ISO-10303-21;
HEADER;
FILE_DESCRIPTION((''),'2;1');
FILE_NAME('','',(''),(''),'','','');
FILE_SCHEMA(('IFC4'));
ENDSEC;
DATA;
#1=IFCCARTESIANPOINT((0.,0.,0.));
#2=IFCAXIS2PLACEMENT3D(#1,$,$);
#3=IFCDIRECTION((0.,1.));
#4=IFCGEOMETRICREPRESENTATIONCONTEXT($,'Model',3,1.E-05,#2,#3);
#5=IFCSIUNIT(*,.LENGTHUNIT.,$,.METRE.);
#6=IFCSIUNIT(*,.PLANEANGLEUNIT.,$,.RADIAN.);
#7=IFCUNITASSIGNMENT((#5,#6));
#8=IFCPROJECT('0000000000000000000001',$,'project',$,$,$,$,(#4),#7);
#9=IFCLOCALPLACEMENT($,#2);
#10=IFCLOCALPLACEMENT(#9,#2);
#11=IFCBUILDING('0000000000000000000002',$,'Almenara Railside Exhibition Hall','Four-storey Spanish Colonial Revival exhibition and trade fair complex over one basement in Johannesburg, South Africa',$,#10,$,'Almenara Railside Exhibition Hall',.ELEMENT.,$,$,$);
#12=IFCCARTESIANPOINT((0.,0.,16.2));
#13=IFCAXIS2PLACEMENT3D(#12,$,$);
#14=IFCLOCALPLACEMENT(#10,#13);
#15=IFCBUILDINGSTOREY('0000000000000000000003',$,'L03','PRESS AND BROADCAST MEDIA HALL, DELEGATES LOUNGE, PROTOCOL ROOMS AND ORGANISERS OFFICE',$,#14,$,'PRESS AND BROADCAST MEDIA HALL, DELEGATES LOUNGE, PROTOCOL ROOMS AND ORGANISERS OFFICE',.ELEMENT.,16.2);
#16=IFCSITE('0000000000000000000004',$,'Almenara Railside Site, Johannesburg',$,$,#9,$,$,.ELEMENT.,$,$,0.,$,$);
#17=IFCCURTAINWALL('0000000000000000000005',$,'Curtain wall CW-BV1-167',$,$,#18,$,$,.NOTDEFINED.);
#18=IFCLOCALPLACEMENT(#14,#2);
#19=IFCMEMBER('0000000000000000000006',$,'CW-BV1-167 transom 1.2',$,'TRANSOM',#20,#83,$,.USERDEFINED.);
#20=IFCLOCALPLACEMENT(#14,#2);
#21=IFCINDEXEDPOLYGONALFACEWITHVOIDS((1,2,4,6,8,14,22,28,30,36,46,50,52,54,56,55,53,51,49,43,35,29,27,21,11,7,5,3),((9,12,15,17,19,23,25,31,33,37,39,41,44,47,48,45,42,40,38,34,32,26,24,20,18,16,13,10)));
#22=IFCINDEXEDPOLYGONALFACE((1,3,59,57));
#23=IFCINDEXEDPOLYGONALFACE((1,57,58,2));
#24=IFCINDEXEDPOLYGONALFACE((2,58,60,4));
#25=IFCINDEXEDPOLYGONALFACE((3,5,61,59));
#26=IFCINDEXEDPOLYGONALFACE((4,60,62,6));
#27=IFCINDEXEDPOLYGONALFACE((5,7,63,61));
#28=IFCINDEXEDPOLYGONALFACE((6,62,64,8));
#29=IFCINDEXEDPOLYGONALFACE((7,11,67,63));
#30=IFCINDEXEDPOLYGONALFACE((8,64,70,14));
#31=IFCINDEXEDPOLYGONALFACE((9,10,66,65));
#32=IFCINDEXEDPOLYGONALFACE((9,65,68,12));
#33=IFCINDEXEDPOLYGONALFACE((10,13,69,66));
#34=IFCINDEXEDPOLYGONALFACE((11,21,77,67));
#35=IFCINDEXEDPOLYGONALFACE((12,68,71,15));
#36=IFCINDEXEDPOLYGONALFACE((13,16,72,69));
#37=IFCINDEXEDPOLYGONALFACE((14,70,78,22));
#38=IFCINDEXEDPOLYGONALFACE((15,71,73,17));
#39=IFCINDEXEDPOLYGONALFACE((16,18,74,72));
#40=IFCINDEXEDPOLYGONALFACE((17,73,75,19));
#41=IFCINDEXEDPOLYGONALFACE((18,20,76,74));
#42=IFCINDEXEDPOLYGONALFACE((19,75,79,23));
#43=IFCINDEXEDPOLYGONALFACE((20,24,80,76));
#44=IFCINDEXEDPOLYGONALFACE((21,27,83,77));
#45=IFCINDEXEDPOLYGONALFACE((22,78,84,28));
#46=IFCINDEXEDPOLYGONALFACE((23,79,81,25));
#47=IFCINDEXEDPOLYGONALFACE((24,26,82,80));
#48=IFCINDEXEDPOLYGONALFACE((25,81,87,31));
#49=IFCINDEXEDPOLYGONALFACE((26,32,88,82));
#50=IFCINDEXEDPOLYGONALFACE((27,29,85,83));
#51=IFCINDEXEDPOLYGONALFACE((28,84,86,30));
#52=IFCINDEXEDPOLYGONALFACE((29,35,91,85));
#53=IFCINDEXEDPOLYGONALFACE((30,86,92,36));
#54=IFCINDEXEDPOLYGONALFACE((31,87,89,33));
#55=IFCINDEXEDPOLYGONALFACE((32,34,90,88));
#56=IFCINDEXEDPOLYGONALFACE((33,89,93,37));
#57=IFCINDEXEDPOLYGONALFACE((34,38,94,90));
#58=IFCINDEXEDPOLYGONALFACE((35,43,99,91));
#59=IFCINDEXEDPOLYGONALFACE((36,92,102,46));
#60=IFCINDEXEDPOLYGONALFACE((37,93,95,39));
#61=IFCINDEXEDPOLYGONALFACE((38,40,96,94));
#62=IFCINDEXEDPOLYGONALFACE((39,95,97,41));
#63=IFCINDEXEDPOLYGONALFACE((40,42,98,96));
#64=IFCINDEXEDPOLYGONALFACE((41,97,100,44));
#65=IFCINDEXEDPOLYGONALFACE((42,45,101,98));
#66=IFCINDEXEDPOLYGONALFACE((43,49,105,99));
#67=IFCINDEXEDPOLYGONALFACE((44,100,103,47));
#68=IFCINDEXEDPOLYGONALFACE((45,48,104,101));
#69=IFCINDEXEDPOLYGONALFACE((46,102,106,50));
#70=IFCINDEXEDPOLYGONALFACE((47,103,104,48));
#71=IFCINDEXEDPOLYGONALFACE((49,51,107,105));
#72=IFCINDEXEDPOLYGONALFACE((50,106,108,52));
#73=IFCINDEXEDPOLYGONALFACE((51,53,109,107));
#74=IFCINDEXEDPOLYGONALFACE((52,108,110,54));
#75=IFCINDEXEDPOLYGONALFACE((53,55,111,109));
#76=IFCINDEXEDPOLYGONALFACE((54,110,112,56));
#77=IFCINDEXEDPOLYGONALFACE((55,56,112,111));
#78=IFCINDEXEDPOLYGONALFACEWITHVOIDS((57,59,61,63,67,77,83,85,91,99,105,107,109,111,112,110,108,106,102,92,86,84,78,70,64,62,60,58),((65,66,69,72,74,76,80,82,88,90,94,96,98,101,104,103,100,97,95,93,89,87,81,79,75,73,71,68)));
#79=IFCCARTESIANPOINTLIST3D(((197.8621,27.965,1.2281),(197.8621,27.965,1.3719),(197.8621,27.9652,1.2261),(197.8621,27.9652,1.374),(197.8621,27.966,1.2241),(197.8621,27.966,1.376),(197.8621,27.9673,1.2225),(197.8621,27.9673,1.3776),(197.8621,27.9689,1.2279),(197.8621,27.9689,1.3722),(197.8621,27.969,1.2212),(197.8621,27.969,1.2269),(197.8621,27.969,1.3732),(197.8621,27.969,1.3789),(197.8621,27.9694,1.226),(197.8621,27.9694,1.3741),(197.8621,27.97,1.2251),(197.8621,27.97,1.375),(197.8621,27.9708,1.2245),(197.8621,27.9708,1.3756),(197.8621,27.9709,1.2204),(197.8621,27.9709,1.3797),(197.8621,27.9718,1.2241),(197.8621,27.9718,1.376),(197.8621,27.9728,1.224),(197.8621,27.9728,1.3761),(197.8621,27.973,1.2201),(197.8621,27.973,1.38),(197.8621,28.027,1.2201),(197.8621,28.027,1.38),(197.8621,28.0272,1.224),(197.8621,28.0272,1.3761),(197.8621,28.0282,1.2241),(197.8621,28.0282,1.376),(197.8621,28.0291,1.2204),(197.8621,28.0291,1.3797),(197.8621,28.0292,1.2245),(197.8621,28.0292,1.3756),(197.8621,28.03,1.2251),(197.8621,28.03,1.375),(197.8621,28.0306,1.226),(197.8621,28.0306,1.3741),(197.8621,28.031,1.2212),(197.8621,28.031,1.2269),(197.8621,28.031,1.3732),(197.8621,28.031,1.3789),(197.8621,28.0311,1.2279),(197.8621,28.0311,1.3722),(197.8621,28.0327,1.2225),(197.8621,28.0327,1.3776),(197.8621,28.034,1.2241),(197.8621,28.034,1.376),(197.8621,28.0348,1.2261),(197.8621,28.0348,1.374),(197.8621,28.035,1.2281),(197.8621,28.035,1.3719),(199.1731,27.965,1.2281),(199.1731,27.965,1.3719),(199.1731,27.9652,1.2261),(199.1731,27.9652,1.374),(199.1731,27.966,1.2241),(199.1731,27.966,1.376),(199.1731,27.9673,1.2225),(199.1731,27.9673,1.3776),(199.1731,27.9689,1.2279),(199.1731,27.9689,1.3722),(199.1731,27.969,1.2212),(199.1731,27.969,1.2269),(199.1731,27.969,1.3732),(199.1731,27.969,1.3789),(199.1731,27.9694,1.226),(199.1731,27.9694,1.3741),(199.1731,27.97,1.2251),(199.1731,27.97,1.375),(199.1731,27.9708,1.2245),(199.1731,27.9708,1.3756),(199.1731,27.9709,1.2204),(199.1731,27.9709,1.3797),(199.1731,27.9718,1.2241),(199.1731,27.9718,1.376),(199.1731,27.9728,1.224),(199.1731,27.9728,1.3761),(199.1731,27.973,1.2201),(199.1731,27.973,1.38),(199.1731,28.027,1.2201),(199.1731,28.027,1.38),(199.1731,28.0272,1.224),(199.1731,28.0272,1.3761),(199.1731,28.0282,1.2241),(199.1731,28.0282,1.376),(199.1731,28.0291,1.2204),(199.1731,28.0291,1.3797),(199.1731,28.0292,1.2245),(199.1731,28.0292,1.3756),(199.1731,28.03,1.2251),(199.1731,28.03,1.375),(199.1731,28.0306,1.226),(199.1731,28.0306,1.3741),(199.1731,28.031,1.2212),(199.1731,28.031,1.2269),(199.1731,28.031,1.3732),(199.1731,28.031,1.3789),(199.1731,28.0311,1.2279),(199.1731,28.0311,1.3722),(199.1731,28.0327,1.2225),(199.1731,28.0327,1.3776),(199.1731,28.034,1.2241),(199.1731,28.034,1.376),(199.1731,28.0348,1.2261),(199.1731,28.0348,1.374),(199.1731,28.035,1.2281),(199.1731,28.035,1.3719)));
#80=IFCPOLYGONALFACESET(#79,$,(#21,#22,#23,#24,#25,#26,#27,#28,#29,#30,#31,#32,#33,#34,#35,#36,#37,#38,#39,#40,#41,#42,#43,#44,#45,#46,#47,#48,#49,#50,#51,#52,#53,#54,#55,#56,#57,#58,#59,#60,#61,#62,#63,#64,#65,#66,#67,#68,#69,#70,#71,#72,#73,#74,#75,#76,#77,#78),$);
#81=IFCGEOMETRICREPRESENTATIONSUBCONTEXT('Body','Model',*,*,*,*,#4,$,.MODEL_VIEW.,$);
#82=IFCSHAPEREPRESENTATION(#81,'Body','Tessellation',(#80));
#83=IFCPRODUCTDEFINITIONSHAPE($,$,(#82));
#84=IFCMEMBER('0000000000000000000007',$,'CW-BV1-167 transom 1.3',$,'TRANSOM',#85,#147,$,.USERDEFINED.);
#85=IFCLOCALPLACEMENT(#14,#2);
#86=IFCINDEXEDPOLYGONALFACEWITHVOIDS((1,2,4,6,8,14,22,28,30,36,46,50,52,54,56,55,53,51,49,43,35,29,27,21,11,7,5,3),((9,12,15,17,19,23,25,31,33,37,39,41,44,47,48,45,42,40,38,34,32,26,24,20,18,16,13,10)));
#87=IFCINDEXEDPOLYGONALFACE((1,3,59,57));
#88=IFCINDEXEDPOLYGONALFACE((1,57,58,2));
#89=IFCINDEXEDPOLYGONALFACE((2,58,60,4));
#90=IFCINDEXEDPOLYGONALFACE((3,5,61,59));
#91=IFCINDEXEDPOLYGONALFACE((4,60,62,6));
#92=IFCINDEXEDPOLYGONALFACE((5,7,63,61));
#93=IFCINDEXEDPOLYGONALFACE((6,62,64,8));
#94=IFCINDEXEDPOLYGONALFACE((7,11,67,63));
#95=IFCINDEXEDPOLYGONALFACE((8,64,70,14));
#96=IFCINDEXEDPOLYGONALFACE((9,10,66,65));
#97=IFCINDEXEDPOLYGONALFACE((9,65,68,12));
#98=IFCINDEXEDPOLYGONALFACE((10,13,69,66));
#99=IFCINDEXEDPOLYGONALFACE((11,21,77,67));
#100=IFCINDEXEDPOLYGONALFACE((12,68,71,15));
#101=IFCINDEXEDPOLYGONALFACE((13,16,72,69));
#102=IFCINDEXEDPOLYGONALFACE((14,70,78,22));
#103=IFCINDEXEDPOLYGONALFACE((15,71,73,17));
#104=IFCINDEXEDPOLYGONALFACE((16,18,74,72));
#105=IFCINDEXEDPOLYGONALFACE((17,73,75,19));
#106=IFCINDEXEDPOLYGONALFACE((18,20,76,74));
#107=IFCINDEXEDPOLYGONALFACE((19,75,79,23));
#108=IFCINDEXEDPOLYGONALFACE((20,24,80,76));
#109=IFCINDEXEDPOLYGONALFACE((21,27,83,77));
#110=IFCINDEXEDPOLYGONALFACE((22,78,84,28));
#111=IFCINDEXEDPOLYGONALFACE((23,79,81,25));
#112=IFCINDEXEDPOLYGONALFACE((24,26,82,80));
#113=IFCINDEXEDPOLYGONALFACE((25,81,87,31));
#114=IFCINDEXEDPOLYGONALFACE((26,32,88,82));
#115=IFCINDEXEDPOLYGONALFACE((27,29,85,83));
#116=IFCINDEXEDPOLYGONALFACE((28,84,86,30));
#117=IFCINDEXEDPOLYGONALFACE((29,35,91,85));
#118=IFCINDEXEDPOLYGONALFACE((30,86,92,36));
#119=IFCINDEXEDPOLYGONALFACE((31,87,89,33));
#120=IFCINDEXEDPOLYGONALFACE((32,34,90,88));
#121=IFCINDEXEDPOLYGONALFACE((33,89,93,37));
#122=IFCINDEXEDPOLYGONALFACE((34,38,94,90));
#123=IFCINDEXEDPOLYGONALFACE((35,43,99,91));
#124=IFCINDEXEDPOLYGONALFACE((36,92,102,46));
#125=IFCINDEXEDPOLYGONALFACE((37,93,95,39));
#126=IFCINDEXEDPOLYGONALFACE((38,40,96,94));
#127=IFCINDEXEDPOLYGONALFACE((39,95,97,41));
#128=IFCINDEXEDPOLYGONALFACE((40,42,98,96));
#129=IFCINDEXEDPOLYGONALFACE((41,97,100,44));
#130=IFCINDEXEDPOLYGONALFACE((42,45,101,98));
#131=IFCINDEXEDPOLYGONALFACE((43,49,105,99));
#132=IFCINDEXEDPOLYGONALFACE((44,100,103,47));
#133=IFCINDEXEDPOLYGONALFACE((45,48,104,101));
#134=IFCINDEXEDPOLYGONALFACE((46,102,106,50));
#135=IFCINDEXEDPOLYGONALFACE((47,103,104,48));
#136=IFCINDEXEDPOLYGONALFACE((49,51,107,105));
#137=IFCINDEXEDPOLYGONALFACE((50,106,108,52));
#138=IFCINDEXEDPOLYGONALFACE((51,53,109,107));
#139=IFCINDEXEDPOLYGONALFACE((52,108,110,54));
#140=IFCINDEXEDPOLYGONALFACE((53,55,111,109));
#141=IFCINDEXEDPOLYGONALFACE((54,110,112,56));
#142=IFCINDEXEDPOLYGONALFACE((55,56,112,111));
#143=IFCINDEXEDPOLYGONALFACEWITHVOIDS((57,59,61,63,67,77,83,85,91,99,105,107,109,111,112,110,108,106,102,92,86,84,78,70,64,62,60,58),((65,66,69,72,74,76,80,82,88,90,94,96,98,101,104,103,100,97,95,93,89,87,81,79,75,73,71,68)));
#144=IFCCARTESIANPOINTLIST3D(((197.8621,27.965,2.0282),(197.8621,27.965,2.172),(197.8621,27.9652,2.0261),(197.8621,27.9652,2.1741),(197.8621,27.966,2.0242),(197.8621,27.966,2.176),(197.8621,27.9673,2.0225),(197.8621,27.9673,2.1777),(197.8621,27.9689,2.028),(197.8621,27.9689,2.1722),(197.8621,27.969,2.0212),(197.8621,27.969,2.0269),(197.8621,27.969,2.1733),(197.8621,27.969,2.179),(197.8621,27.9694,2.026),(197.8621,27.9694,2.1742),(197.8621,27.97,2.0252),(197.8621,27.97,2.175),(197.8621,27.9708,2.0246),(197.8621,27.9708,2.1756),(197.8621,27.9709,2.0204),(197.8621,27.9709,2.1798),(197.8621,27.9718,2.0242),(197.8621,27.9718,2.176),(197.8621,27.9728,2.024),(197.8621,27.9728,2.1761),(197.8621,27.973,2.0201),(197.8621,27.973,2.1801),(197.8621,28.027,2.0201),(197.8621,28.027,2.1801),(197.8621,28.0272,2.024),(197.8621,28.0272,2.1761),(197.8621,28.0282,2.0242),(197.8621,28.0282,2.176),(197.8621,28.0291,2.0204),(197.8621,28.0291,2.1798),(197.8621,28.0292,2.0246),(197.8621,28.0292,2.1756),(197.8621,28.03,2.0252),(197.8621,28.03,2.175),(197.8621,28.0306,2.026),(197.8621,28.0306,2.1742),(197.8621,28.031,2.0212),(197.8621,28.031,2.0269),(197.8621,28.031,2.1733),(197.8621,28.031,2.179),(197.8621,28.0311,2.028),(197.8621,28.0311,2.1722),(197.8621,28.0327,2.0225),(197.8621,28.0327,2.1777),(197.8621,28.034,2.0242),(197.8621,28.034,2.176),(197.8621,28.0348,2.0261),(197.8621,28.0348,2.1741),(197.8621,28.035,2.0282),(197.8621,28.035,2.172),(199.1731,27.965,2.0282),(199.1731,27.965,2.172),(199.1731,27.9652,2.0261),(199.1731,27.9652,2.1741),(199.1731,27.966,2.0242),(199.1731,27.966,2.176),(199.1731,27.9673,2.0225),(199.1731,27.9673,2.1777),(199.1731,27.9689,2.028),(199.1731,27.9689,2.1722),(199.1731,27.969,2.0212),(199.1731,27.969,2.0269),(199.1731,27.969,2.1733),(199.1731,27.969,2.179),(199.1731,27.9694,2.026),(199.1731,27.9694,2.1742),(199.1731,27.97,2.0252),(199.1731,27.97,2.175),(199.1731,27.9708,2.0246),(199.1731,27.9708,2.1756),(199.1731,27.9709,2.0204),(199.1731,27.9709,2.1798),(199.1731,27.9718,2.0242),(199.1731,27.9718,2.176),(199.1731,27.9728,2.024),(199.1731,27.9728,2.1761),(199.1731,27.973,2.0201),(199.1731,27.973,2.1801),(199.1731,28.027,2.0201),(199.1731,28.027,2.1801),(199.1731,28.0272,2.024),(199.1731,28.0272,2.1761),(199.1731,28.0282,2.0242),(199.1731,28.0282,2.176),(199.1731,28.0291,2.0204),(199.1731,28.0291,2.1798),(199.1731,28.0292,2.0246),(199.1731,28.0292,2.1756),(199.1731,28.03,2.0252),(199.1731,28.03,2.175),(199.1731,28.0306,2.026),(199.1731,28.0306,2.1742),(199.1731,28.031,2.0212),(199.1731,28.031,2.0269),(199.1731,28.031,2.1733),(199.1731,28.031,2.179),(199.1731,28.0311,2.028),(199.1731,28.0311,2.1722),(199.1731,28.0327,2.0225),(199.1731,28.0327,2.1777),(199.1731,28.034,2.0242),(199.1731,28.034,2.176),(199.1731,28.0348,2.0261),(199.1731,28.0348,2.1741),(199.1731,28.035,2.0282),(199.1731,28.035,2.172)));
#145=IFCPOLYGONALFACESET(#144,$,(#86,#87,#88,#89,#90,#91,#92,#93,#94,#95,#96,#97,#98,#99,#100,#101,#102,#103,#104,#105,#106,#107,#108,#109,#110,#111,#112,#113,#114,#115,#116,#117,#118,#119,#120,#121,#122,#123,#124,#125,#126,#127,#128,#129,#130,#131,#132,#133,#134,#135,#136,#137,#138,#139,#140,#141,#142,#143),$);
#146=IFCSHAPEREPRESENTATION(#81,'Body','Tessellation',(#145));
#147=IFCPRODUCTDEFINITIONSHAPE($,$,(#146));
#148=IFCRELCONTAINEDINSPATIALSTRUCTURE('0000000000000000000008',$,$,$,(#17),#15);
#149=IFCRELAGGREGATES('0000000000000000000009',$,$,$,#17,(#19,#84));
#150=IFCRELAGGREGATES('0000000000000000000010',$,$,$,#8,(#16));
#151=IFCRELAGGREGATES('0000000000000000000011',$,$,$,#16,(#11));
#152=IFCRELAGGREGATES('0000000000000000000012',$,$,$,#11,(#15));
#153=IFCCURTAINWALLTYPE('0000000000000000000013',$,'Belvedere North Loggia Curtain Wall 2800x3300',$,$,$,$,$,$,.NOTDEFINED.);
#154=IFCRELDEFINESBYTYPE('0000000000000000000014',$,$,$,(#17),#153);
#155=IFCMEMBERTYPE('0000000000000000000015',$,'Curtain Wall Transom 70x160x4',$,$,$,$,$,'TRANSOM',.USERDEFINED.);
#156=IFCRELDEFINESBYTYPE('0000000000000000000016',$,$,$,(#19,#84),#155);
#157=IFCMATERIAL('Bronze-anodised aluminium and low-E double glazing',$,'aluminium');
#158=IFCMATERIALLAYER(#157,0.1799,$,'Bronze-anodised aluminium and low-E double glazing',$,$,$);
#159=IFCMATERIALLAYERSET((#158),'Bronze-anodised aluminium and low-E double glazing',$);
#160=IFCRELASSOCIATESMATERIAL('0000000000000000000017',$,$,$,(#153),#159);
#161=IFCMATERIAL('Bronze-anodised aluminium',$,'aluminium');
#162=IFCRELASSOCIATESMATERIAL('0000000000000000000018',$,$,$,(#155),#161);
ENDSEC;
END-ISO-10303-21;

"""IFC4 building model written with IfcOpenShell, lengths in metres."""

from ifc_helpers import new_model, si_unit, direction, frame, origin, origin_2d, place, context, subcontext, project, spatial, hollow_rectangle, extrude, material, layer, layer_set, material_profile, profile_set, type_object, element, aggregate, save


model = new_model("IFC4")

# Units and contexts
model_context = context("Model", 3, precision=1e-05, world=origin(), true_north=direction((0.0, 1.0)))
body_context = subcontext(model_context, "Body", "Model", "MODEL_VIEW")
ifc_project = project(units=[si_unit("LENGTHUNIT", "METRE"), si_unit("PLANEANGLEUNIT", "RADIAN")], contexts=[model_context])

# Site, building, storey
site_placement = place(None, origin())
site = spatial("IfcSite", under=ifc_project, at=site_placement, Name="Almenara Railside Site, Johannesburg", CompositionType="ELEMENT", RefElevation=0.0)
building_placement = place(site_placement, origin())
building = spatial("IfcBuilding", under=site, at=building_placement, Name="Almenara Railside Exhibition Hall", Description="Four-storey Spanish Colonial Revival exhibition and trade fair complex over one basement in Johannesburg, South Africa", LongName="Almenara Railside Exhibition Hall", CompositionType="ELEMENT")
storey_placement = place(building_placement, frame((0.0, 0.0, 16.2)))
storey = spatial("IfcBuildingStorey", under=building, at=storey_placement, Name="L03", Description="PRESS AND BROADCAST MEDIA HALL, DELEGATES LOUNGE, PROTOCOL ROOMS AND ORGANISERS OFFICE", LongName="PRESS AND BROADCAST MEDIA HALL, DELEGATES LOUNGE, PROTOCOL ROOMS AND ORGANISERS OFFICE", CompositionType="ELEMENT", Elevation=16.2)

# Curtain wall
ifc_material_1 = material(Name="Bronze-anodised aluminium and low-E double glazing", Category="aluminium")
ifc_layer_1 = layer(ifc_material_1, 0.1799, Name="Bronze-anodised aluminium and low-E double glazing")
ifc_layer_set_1 = layer_set([ifc_layer_1], Name="Bronze-anodised aluminium and low-E double glazing")
curtain_wall_type = type_object("IfcCurtainWallType", Name="Belvedere North Loggia Curtain Wall 2800x3300", PredefinedType="NOTDEFINED", material=ifc_layer_set_1)
ifc_material_2 = material(Name="Bronze-anodised aluminium", Category="aluminium")
curtain_wall_1_placement = place(storey_placement, origin())
curtain_wall_1 = element("IfcCurtainWall", 1, at=curtain_wall_1_placement, inside=storey, type_object=curtain_wall_type, Name="Curtain wall CW-BV1-167", PredefinedType="NOTDEFINED")

# Members
ifc_material_profile_1 = material_profile(ifc_material_2, hollow_rectangle(XDim=0.0701, YDim=0.1599, WallThickness=0.0039, InnerFilletRadius=0.0039, OuterFilletRadius=0.0081, at=origin_2d()), Name="ALU-TRN 70x160x4")
ifc_profile_set_1 = profile_set([ifc_material_profile_1], Name="Bronze-anodised aluminium")
member_type_1 = type_object("IfcMemberType", Name="Curtain Wall Transom 70x160x4", ElementType="TRANSOM", PredefinedType="USERDEFINED", material=ifc_profile_set_1)
member_1_placement = place(storey_placement, frame((197.8621, 28.0, 1.3), z_axis=(1.0, 0.0, 0.0), x_axis=(0.0, 1.0, 0.0)))
member_1 = element("IfcMember", 2, at=member_1_placement, type_object=member_type_1, Name="CW-BV1-167 transom 1.2", ObjectType="TRANSOM", PredefinedType="USERDEFINED", context=body_context, shape_type="SweptSolid", body=[
    extrude(hollow_rectangle(XDim=0.0701, YDim=0.1599, WallThickness=0.0039, InnerFilletRadius=0.0039, OuterFilletRadius=0.0081, at=origin_2d()), origin(), (0.0, 0.0, 1.0), 1.311),
])
member_2_placement = place(storey_placement, frame((197.8621, 28.0, 2.1001), z_axis=(1.0, 0.0, 0.0), x_axis=(0.0, 1.0, 0.0)))
member_2 = element("IfcMember", 3, at=member_2_placement, type_object=member_type_1, Name="CW-BV1-167 transom 1.3", ObjectType="TRANSOM", PredefinedType="USERDEFINED", context=body_context, shape_type="SweptSolid", body=[
    extrude(hollow_rectangle(XDim=0.0701, YDim=0.1599, WallThickness=0.0039, InnerFilletRadius=0.0039, OuterFilletRadius=0.0081, at=origin_2d()), origin(), (0.0, 0.0, 1.0), 1.311),
])

aggregate(curtain_wall_1, [member_1, member_2])

save(model, "model.ifc")
